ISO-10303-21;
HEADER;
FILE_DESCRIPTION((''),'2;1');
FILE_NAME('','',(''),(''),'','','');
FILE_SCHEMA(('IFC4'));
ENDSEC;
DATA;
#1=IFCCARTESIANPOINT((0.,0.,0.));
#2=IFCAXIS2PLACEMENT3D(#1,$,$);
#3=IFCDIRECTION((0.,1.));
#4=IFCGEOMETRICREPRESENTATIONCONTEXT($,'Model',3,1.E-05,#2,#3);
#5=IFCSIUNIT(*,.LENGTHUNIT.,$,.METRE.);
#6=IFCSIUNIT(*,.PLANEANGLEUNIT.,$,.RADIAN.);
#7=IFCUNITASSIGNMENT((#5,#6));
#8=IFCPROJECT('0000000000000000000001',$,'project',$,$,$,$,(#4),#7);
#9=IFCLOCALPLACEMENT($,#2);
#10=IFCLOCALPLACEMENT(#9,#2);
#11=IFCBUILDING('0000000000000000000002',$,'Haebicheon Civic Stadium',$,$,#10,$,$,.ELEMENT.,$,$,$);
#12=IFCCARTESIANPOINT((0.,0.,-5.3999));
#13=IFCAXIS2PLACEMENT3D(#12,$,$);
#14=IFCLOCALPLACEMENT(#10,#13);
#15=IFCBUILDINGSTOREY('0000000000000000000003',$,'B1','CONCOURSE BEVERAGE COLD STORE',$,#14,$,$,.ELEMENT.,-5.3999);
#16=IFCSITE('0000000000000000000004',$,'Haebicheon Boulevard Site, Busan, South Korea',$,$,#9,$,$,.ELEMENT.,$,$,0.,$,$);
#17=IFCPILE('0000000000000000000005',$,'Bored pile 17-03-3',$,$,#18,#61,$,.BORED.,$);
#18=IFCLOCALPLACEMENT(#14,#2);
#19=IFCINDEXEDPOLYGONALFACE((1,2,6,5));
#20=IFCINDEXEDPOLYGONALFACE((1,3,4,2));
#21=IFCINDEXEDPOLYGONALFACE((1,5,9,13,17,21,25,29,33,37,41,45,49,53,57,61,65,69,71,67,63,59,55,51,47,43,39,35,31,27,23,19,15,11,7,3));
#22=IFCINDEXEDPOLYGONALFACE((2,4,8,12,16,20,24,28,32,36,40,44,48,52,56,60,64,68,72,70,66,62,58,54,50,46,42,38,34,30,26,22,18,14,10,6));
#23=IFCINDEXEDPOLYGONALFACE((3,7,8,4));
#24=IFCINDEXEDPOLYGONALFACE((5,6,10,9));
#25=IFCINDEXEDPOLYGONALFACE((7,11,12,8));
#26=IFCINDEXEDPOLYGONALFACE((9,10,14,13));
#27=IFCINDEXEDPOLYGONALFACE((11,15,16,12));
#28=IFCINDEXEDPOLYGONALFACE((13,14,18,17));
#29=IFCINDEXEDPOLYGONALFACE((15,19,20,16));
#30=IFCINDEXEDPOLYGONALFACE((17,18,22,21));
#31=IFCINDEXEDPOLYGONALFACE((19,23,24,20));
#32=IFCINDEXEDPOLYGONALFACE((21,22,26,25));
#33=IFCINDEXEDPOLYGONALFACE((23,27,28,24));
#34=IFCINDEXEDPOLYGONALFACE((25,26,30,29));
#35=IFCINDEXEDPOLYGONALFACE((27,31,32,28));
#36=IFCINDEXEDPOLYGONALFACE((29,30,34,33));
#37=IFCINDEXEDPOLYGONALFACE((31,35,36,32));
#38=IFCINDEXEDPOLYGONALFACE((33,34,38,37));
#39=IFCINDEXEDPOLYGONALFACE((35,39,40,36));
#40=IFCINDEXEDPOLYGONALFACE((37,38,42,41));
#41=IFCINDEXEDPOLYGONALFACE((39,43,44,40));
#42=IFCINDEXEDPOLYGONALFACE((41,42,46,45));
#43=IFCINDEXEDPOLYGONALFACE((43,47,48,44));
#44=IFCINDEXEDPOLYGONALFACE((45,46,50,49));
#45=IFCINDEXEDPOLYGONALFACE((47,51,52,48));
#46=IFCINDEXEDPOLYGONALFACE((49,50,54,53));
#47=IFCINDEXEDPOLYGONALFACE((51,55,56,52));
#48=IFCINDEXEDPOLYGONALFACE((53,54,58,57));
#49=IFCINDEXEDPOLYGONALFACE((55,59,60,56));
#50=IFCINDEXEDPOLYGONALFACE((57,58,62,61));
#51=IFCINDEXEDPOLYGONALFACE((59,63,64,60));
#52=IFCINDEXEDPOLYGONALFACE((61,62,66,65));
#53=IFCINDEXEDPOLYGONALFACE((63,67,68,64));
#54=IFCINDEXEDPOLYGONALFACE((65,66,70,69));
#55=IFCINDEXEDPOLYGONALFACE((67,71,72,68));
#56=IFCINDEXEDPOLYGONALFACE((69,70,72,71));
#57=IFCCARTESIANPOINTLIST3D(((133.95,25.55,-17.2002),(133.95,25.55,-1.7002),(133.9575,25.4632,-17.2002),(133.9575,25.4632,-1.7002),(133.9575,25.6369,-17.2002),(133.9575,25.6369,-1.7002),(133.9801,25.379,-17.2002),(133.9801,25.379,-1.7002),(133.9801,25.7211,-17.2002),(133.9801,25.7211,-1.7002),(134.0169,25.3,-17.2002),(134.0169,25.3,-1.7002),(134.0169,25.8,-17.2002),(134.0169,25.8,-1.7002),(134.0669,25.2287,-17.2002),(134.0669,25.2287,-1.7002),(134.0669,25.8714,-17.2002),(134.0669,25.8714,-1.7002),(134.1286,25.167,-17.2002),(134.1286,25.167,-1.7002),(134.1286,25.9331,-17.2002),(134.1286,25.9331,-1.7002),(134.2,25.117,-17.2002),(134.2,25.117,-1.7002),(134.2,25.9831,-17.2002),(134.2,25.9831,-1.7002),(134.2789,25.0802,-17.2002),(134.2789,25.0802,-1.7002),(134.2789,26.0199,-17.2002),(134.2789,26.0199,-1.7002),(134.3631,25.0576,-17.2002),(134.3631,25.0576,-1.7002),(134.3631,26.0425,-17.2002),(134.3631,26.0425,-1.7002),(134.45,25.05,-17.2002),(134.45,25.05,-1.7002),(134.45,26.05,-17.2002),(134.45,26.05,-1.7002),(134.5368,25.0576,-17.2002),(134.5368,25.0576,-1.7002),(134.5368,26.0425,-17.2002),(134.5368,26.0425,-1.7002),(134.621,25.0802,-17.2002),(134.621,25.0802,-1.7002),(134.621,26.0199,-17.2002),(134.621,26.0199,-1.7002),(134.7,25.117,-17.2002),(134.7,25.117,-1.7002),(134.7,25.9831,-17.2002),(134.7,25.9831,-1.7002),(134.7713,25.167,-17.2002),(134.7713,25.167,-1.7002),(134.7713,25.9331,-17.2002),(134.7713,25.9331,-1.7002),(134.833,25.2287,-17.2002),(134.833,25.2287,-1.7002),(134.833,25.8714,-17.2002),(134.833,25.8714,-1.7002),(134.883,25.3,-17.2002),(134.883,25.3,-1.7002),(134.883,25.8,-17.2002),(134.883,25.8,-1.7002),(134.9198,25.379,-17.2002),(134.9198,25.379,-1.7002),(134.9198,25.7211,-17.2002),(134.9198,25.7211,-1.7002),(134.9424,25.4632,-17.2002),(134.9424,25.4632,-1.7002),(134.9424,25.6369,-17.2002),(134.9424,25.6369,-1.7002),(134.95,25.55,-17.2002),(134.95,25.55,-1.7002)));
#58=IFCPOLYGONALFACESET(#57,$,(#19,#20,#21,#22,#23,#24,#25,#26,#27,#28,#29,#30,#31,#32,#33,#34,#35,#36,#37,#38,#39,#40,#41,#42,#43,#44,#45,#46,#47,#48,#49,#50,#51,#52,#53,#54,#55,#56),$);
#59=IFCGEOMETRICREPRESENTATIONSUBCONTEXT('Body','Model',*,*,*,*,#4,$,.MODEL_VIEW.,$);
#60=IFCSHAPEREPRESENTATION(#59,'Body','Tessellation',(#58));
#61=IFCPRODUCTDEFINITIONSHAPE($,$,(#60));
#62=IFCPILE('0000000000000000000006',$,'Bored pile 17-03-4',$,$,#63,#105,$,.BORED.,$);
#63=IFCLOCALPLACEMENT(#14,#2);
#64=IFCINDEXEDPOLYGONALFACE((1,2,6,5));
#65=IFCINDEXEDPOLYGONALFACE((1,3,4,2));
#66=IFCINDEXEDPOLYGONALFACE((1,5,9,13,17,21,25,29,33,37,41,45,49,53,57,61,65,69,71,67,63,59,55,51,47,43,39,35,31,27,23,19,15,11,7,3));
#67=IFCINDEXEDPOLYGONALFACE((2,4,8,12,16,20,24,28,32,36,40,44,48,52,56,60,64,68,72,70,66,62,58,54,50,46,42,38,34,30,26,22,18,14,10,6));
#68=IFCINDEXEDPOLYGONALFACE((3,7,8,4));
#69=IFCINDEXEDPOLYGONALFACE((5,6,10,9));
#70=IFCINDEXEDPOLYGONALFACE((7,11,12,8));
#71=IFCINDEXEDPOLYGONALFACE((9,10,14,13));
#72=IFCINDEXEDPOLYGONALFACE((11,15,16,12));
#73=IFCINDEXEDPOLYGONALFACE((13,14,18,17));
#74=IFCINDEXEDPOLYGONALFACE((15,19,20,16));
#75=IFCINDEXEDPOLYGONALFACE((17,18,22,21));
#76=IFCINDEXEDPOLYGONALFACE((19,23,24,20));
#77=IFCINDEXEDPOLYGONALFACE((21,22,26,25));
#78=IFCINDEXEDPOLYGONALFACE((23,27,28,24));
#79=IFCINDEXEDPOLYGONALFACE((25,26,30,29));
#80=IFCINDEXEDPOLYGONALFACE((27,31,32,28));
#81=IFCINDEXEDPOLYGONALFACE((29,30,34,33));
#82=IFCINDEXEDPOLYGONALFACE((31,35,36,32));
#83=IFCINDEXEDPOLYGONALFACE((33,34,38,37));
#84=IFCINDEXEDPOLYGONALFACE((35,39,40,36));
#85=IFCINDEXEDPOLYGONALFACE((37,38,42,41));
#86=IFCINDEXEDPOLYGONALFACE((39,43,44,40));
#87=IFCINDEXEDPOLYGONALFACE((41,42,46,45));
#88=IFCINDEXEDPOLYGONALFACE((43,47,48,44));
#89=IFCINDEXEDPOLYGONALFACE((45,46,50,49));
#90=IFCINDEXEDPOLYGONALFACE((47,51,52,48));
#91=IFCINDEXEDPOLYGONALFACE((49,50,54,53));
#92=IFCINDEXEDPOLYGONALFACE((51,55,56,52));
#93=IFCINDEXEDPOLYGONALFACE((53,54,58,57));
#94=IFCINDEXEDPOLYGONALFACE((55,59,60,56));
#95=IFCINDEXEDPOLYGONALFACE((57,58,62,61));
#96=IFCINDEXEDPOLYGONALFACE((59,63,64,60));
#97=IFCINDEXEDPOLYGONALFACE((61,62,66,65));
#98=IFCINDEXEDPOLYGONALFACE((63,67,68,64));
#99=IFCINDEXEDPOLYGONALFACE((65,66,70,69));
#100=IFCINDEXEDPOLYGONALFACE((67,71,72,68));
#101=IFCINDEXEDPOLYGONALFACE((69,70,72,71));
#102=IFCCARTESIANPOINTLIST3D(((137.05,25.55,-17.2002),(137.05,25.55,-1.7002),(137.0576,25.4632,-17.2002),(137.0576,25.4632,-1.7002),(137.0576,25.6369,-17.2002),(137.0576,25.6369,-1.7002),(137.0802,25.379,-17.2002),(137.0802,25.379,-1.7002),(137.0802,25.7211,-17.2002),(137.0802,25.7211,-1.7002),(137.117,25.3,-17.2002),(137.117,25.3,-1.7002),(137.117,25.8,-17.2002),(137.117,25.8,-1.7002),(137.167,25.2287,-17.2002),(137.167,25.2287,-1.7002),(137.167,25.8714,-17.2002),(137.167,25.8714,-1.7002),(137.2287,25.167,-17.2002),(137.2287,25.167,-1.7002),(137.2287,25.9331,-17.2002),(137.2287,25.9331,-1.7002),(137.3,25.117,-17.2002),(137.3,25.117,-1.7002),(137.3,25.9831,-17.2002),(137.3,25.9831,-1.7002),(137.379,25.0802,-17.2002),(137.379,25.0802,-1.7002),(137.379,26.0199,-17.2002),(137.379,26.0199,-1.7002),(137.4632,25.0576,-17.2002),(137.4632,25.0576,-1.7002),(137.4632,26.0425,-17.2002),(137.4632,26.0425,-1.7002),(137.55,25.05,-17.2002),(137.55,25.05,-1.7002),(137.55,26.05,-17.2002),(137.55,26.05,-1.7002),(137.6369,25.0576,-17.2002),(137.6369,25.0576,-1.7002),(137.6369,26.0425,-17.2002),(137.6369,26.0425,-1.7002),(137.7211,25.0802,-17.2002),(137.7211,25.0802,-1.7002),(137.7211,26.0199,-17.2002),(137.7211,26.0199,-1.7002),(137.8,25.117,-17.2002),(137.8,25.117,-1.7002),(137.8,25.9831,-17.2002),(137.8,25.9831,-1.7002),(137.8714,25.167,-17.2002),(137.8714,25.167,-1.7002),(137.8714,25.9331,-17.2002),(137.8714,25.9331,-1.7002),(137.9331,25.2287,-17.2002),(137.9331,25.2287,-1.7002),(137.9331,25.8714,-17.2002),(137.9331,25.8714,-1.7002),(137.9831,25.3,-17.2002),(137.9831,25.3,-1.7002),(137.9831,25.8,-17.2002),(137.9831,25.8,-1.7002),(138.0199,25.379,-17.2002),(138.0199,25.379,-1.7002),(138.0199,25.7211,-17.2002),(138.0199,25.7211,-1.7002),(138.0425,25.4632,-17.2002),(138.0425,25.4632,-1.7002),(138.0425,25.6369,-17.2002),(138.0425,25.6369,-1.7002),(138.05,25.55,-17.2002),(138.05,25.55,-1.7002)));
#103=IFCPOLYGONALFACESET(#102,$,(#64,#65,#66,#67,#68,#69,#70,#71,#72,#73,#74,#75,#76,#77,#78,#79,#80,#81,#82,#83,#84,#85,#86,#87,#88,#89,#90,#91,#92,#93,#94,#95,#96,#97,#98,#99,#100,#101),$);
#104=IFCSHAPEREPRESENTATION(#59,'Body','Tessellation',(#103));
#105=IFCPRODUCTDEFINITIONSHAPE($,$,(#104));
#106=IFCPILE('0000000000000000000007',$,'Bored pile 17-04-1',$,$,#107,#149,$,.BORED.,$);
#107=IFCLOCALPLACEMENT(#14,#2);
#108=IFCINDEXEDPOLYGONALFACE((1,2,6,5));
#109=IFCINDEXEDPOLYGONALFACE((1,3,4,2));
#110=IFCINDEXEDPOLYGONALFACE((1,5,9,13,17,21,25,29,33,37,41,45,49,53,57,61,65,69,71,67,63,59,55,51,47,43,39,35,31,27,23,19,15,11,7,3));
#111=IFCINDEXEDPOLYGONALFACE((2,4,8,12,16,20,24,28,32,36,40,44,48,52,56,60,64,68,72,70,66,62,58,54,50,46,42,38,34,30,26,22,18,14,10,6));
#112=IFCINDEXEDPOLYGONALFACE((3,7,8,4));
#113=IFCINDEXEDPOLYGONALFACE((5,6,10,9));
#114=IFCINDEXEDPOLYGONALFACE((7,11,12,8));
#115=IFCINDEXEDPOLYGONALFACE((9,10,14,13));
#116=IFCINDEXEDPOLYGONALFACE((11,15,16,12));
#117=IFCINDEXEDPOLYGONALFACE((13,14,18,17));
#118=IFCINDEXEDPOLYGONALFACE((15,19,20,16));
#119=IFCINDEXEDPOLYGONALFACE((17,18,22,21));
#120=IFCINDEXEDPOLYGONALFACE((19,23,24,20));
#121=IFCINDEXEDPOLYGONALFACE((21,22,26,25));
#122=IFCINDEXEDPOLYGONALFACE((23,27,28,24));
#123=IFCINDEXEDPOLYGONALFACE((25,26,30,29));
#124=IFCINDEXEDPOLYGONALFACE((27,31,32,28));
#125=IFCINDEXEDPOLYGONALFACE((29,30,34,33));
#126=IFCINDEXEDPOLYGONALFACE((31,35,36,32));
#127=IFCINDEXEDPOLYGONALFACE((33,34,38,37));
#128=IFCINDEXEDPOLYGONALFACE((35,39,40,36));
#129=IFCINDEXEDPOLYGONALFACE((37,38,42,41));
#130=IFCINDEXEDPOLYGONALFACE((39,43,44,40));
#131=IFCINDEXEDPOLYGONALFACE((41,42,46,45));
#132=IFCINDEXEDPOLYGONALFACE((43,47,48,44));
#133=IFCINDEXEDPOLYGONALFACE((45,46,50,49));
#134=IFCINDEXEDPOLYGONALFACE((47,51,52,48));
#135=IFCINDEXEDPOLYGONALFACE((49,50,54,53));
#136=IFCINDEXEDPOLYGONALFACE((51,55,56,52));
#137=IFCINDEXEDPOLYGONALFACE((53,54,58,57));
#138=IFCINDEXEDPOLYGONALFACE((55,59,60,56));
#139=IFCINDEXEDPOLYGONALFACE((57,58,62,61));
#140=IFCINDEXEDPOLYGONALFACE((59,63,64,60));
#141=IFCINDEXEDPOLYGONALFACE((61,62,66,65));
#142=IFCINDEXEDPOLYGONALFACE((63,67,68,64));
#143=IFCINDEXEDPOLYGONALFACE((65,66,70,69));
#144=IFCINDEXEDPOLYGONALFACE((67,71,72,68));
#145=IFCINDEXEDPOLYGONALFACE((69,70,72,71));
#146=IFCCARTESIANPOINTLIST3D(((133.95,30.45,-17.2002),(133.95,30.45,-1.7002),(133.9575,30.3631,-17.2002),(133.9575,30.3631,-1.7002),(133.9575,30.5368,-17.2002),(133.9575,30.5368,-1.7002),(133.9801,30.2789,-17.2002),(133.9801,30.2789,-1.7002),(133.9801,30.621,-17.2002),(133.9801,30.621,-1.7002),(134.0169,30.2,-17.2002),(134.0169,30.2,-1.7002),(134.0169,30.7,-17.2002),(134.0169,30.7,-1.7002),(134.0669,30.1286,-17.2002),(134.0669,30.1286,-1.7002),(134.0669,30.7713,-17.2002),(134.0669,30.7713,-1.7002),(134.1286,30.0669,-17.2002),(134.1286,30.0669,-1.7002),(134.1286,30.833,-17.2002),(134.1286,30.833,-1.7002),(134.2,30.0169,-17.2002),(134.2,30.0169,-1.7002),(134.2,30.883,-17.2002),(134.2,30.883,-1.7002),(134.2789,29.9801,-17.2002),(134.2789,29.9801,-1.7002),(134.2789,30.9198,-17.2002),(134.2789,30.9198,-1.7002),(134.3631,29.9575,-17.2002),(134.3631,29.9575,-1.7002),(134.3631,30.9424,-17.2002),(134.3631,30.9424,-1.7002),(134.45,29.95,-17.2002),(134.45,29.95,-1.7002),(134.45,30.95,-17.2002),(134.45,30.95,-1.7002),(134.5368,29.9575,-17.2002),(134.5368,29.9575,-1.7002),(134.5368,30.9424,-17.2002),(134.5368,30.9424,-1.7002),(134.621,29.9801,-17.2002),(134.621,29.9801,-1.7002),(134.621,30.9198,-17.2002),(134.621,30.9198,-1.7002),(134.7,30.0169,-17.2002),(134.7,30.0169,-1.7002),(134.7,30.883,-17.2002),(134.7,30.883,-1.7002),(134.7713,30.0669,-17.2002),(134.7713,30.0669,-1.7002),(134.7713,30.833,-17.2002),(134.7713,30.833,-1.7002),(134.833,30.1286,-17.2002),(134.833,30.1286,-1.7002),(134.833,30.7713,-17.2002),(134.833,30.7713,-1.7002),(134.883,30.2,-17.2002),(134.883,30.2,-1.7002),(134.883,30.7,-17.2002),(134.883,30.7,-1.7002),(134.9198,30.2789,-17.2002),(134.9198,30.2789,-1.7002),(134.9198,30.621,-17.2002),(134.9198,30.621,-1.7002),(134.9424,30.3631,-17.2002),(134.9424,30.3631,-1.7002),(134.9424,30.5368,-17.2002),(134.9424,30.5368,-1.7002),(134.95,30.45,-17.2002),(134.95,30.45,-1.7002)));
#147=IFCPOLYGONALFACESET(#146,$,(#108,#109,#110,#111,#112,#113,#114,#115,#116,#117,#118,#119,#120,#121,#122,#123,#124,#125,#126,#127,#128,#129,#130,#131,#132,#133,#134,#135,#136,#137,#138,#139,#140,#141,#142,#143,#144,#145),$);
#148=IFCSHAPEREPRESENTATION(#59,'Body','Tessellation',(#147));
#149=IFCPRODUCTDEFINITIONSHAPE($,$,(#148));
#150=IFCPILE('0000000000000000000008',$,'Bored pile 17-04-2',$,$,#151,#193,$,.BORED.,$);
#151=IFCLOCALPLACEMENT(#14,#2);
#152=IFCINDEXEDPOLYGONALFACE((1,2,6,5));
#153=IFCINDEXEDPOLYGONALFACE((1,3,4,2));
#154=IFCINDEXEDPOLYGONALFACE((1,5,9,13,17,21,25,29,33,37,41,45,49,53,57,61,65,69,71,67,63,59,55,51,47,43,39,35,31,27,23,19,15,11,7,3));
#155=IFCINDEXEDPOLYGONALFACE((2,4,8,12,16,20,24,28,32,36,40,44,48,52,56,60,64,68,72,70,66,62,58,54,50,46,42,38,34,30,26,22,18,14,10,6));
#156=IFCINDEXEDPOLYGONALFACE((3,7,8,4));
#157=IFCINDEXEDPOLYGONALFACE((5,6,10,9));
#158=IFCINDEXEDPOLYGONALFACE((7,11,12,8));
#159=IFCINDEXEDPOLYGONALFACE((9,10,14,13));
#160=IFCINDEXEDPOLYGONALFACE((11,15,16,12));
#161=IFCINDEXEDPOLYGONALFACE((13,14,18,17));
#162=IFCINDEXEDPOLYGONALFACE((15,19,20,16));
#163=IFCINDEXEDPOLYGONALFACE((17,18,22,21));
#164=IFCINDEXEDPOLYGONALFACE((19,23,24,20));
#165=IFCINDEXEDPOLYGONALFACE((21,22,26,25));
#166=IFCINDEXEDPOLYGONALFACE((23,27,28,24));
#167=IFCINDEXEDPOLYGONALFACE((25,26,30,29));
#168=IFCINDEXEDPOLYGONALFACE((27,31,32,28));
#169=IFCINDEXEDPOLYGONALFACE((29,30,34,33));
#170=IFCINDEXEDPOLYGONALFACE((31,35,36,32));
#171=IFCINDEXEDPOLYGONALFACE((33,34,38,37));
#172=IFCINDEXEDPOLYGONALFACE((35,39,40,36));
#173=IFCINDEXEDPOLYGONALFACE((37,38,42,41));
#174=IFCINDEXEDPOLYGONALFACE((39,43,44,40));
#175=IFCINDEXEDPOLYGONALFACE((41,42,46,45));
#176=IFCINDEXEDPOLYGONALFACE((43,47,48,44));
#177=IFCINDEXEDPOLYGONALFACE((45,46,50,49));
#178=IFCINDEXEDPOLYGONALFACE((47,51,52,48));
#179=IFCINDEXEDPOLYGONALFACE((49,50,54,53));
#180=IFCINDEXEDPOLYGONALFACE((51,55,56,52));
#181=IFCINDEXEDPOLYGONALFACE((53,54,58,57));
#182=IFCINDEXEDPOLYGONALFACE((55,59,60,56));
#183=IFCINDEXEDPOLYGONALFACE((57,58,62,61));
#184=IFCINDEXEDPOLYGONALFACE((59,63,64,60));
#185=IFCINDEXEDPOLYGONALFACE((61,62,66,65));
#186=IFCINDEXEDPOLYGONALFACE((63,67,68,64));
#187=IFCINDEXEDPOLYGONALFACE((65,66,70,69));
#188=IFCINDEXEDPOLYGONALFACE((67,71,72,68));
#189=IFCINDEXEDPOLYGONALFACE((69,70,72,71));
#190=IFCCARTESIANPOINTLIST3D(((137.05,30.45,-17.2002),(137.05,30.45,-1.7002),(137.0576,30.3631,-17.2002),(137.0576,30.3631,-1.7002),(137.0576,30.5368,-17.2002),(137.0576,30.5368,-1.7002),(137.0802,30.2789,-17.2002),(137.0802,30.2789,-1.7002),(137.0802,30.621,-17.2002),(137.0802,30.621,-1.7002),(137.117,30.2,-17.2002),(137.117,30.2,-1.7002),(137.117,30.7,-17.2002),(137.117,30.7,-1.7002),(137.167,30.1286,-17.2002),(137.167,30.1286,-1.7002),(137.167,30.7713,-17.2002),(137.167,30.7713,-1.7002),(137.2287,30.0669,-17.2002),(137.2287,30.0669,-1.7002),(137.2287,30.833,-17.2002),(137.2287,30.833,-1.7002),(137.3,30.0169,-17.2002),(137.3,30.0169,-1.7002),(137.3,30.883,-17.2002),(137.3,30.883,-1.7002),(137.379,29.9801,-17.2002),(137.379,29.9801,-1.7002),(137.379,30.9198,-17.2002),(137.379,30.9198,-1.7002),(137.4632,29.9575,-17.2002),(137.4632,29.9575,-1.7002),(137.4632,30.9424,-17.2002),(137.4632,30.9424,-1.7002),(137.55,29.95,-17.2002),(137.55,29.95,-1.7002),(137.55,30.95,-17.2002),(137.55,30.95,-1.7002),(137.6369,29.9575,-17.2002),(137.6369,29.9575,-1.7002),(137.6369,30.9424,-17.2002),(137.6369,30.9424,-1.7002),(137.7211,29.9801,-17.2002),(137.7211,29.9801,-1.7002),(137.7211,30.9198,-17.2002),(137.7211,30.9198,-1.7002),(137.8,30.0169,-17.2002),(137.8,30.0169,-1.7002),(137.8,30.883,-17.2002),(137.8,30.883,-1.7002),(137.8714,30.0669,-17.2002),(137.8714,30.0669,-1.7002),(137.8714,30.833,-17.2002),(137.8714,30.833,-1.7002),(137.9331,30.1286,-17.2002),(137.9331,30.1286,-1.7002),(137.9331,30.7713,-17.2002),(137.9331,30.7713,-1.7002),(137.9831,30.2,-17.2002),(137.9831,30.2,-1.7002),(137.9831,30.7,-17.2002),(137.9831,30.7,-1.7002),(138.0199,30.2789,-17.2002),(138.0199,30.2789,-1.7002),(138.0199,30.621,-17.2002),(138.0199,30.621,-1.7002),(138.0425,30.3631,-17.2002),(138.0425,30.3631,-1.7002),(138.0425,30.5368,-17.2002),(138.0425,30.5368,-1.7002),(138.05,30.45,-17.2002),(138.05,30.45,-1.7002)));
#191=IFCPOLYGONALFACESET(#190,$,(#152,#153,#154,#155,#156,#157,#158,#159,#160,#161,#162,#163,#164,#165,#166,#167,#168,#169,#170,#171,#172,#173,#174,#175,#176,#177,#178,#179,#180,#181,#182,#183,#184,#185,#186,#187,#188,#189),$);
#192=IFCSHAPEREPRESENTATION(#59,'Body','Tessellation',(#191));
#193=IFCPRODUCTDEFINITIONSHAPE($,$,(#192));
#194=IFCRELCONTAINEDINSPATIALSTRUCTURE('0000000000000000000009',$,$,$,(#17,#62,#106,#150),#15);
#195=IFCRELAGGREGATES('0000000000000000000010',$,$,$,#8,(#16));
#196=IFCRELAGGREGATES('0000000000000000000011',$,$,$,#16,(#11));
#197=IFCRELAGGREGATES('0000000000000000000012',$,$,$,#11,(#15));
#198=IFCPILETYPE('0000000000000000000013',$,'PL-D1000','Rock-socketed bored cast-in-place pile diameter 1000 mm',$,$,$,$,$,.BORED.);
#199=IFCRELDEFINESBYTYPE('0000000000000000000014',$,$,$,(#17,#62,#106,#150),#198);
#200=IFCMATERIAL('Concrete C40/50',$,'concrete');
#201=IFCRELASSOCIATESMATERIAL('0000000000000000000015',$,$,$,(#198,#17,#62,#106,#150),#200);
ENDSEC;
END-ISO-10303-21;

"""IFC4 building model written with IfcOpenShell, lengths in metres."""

from ifc_helpers import new_model, si_unit, direction, frame, origin, origin_2d, place, context, subcontext, project, spatial, circle, extrude, material, material_profile, profile_set, type_object, element, save


model = new_model("IFC4")

# Units and contexts
model_context = context("Model", 3, precision=1e-05, world=origin(), true_north=direction((0.0, 1.0)))
body_context = subcontext(model_context, "Body", "Model", "MODEL_VIEW")
ifc_project = project(units=[si_unit("LENGTHUNIT", "METRE"), si_unit("PLANEANGLEUNIT", "RADIAN")], contexts=[model_context])

# Site, building, storey
site_placement = place(None, origin())
site = spatial("IfcSite", under=ifc_project, at=site_placement, Name="Haebicheon Boulevard Site, Busan, South Korea", CompositionType="ELEMENT", RefElevation=0.0)
building_placement = place(site_placement, origin())
building = spatial("IfcBuilding", under=site, at=building_placement, Name="Haebicheon Civic Stadium", CompositionType="ELEMENT")
storey_placement = place(building_placement, frame((0.0, 0.0, -5.3999)))
storey = spatial("IfcBuildingStorey", under=building, at=storey_placement, Name="B1", Description="CONCOURSE BEVERAGE COLD STORE", CompositionType="ELEMENT", Elevation=-5.3999)

# Piles
ifc_material_1 = material(Name="Concrete C40/50", Category="concrete")
ifc_material_profile_1 = material_profile(ifc_material_1, circle(Radius=0.5, at=origin_2d()), Name="PILE-D1000")
ifc_profile_set_1 = profile_set([ifc_material_profile_1], Name="Concrete C40/50")
pile_type = type_object("IfcPileType", Name="PL-D1000", Description="Rock-socketed bored cast-in-place pile diameter 1000 mm", PredefinedType="BORED", material=ifc_profile_set_1)
for number, where, z_axis, x_axis, name in (
    (1, (134.45, 25.55, -1.7002), (0.0, 0.0, -1.0), (1.0, 0.0, 0.0), "Bored pile 17-03-3"),
    (2, (137.55, 25.55, -1.7002), (0.0, 0.0, -1.0), (1.0, 0.0, 0.0), "Bored pile 17-03-4"),
    (3, (134.45, 30.45, -1.7002), (0.0, 0.0, -1.0), (1.0, 0.0, 0.0), "Bored pile 17-04-1"),
    (4, (137.55, 30.45, -1.7002), (0.0, 0.0, -1.0), (1.0, 0.0, 0.0), "Bored pile 17-04-2"),
):
    element("IfcPile", number, at=place(storey_placement, frame(where, z_axis=z_axis, x_axis=x_axis)), inside=storey, type_object=pile_type, material=ifc_profile_set_1, Name=name, PredefinedType="BORED", context=body_context, shape_type="SweptSolid", body=[
        extrude(circle(Radius=0.5, at=origin_2d()), origin(), (0.0, 0.0, 1.0), 15.5),
    ])

save(model, "model.ifc")
